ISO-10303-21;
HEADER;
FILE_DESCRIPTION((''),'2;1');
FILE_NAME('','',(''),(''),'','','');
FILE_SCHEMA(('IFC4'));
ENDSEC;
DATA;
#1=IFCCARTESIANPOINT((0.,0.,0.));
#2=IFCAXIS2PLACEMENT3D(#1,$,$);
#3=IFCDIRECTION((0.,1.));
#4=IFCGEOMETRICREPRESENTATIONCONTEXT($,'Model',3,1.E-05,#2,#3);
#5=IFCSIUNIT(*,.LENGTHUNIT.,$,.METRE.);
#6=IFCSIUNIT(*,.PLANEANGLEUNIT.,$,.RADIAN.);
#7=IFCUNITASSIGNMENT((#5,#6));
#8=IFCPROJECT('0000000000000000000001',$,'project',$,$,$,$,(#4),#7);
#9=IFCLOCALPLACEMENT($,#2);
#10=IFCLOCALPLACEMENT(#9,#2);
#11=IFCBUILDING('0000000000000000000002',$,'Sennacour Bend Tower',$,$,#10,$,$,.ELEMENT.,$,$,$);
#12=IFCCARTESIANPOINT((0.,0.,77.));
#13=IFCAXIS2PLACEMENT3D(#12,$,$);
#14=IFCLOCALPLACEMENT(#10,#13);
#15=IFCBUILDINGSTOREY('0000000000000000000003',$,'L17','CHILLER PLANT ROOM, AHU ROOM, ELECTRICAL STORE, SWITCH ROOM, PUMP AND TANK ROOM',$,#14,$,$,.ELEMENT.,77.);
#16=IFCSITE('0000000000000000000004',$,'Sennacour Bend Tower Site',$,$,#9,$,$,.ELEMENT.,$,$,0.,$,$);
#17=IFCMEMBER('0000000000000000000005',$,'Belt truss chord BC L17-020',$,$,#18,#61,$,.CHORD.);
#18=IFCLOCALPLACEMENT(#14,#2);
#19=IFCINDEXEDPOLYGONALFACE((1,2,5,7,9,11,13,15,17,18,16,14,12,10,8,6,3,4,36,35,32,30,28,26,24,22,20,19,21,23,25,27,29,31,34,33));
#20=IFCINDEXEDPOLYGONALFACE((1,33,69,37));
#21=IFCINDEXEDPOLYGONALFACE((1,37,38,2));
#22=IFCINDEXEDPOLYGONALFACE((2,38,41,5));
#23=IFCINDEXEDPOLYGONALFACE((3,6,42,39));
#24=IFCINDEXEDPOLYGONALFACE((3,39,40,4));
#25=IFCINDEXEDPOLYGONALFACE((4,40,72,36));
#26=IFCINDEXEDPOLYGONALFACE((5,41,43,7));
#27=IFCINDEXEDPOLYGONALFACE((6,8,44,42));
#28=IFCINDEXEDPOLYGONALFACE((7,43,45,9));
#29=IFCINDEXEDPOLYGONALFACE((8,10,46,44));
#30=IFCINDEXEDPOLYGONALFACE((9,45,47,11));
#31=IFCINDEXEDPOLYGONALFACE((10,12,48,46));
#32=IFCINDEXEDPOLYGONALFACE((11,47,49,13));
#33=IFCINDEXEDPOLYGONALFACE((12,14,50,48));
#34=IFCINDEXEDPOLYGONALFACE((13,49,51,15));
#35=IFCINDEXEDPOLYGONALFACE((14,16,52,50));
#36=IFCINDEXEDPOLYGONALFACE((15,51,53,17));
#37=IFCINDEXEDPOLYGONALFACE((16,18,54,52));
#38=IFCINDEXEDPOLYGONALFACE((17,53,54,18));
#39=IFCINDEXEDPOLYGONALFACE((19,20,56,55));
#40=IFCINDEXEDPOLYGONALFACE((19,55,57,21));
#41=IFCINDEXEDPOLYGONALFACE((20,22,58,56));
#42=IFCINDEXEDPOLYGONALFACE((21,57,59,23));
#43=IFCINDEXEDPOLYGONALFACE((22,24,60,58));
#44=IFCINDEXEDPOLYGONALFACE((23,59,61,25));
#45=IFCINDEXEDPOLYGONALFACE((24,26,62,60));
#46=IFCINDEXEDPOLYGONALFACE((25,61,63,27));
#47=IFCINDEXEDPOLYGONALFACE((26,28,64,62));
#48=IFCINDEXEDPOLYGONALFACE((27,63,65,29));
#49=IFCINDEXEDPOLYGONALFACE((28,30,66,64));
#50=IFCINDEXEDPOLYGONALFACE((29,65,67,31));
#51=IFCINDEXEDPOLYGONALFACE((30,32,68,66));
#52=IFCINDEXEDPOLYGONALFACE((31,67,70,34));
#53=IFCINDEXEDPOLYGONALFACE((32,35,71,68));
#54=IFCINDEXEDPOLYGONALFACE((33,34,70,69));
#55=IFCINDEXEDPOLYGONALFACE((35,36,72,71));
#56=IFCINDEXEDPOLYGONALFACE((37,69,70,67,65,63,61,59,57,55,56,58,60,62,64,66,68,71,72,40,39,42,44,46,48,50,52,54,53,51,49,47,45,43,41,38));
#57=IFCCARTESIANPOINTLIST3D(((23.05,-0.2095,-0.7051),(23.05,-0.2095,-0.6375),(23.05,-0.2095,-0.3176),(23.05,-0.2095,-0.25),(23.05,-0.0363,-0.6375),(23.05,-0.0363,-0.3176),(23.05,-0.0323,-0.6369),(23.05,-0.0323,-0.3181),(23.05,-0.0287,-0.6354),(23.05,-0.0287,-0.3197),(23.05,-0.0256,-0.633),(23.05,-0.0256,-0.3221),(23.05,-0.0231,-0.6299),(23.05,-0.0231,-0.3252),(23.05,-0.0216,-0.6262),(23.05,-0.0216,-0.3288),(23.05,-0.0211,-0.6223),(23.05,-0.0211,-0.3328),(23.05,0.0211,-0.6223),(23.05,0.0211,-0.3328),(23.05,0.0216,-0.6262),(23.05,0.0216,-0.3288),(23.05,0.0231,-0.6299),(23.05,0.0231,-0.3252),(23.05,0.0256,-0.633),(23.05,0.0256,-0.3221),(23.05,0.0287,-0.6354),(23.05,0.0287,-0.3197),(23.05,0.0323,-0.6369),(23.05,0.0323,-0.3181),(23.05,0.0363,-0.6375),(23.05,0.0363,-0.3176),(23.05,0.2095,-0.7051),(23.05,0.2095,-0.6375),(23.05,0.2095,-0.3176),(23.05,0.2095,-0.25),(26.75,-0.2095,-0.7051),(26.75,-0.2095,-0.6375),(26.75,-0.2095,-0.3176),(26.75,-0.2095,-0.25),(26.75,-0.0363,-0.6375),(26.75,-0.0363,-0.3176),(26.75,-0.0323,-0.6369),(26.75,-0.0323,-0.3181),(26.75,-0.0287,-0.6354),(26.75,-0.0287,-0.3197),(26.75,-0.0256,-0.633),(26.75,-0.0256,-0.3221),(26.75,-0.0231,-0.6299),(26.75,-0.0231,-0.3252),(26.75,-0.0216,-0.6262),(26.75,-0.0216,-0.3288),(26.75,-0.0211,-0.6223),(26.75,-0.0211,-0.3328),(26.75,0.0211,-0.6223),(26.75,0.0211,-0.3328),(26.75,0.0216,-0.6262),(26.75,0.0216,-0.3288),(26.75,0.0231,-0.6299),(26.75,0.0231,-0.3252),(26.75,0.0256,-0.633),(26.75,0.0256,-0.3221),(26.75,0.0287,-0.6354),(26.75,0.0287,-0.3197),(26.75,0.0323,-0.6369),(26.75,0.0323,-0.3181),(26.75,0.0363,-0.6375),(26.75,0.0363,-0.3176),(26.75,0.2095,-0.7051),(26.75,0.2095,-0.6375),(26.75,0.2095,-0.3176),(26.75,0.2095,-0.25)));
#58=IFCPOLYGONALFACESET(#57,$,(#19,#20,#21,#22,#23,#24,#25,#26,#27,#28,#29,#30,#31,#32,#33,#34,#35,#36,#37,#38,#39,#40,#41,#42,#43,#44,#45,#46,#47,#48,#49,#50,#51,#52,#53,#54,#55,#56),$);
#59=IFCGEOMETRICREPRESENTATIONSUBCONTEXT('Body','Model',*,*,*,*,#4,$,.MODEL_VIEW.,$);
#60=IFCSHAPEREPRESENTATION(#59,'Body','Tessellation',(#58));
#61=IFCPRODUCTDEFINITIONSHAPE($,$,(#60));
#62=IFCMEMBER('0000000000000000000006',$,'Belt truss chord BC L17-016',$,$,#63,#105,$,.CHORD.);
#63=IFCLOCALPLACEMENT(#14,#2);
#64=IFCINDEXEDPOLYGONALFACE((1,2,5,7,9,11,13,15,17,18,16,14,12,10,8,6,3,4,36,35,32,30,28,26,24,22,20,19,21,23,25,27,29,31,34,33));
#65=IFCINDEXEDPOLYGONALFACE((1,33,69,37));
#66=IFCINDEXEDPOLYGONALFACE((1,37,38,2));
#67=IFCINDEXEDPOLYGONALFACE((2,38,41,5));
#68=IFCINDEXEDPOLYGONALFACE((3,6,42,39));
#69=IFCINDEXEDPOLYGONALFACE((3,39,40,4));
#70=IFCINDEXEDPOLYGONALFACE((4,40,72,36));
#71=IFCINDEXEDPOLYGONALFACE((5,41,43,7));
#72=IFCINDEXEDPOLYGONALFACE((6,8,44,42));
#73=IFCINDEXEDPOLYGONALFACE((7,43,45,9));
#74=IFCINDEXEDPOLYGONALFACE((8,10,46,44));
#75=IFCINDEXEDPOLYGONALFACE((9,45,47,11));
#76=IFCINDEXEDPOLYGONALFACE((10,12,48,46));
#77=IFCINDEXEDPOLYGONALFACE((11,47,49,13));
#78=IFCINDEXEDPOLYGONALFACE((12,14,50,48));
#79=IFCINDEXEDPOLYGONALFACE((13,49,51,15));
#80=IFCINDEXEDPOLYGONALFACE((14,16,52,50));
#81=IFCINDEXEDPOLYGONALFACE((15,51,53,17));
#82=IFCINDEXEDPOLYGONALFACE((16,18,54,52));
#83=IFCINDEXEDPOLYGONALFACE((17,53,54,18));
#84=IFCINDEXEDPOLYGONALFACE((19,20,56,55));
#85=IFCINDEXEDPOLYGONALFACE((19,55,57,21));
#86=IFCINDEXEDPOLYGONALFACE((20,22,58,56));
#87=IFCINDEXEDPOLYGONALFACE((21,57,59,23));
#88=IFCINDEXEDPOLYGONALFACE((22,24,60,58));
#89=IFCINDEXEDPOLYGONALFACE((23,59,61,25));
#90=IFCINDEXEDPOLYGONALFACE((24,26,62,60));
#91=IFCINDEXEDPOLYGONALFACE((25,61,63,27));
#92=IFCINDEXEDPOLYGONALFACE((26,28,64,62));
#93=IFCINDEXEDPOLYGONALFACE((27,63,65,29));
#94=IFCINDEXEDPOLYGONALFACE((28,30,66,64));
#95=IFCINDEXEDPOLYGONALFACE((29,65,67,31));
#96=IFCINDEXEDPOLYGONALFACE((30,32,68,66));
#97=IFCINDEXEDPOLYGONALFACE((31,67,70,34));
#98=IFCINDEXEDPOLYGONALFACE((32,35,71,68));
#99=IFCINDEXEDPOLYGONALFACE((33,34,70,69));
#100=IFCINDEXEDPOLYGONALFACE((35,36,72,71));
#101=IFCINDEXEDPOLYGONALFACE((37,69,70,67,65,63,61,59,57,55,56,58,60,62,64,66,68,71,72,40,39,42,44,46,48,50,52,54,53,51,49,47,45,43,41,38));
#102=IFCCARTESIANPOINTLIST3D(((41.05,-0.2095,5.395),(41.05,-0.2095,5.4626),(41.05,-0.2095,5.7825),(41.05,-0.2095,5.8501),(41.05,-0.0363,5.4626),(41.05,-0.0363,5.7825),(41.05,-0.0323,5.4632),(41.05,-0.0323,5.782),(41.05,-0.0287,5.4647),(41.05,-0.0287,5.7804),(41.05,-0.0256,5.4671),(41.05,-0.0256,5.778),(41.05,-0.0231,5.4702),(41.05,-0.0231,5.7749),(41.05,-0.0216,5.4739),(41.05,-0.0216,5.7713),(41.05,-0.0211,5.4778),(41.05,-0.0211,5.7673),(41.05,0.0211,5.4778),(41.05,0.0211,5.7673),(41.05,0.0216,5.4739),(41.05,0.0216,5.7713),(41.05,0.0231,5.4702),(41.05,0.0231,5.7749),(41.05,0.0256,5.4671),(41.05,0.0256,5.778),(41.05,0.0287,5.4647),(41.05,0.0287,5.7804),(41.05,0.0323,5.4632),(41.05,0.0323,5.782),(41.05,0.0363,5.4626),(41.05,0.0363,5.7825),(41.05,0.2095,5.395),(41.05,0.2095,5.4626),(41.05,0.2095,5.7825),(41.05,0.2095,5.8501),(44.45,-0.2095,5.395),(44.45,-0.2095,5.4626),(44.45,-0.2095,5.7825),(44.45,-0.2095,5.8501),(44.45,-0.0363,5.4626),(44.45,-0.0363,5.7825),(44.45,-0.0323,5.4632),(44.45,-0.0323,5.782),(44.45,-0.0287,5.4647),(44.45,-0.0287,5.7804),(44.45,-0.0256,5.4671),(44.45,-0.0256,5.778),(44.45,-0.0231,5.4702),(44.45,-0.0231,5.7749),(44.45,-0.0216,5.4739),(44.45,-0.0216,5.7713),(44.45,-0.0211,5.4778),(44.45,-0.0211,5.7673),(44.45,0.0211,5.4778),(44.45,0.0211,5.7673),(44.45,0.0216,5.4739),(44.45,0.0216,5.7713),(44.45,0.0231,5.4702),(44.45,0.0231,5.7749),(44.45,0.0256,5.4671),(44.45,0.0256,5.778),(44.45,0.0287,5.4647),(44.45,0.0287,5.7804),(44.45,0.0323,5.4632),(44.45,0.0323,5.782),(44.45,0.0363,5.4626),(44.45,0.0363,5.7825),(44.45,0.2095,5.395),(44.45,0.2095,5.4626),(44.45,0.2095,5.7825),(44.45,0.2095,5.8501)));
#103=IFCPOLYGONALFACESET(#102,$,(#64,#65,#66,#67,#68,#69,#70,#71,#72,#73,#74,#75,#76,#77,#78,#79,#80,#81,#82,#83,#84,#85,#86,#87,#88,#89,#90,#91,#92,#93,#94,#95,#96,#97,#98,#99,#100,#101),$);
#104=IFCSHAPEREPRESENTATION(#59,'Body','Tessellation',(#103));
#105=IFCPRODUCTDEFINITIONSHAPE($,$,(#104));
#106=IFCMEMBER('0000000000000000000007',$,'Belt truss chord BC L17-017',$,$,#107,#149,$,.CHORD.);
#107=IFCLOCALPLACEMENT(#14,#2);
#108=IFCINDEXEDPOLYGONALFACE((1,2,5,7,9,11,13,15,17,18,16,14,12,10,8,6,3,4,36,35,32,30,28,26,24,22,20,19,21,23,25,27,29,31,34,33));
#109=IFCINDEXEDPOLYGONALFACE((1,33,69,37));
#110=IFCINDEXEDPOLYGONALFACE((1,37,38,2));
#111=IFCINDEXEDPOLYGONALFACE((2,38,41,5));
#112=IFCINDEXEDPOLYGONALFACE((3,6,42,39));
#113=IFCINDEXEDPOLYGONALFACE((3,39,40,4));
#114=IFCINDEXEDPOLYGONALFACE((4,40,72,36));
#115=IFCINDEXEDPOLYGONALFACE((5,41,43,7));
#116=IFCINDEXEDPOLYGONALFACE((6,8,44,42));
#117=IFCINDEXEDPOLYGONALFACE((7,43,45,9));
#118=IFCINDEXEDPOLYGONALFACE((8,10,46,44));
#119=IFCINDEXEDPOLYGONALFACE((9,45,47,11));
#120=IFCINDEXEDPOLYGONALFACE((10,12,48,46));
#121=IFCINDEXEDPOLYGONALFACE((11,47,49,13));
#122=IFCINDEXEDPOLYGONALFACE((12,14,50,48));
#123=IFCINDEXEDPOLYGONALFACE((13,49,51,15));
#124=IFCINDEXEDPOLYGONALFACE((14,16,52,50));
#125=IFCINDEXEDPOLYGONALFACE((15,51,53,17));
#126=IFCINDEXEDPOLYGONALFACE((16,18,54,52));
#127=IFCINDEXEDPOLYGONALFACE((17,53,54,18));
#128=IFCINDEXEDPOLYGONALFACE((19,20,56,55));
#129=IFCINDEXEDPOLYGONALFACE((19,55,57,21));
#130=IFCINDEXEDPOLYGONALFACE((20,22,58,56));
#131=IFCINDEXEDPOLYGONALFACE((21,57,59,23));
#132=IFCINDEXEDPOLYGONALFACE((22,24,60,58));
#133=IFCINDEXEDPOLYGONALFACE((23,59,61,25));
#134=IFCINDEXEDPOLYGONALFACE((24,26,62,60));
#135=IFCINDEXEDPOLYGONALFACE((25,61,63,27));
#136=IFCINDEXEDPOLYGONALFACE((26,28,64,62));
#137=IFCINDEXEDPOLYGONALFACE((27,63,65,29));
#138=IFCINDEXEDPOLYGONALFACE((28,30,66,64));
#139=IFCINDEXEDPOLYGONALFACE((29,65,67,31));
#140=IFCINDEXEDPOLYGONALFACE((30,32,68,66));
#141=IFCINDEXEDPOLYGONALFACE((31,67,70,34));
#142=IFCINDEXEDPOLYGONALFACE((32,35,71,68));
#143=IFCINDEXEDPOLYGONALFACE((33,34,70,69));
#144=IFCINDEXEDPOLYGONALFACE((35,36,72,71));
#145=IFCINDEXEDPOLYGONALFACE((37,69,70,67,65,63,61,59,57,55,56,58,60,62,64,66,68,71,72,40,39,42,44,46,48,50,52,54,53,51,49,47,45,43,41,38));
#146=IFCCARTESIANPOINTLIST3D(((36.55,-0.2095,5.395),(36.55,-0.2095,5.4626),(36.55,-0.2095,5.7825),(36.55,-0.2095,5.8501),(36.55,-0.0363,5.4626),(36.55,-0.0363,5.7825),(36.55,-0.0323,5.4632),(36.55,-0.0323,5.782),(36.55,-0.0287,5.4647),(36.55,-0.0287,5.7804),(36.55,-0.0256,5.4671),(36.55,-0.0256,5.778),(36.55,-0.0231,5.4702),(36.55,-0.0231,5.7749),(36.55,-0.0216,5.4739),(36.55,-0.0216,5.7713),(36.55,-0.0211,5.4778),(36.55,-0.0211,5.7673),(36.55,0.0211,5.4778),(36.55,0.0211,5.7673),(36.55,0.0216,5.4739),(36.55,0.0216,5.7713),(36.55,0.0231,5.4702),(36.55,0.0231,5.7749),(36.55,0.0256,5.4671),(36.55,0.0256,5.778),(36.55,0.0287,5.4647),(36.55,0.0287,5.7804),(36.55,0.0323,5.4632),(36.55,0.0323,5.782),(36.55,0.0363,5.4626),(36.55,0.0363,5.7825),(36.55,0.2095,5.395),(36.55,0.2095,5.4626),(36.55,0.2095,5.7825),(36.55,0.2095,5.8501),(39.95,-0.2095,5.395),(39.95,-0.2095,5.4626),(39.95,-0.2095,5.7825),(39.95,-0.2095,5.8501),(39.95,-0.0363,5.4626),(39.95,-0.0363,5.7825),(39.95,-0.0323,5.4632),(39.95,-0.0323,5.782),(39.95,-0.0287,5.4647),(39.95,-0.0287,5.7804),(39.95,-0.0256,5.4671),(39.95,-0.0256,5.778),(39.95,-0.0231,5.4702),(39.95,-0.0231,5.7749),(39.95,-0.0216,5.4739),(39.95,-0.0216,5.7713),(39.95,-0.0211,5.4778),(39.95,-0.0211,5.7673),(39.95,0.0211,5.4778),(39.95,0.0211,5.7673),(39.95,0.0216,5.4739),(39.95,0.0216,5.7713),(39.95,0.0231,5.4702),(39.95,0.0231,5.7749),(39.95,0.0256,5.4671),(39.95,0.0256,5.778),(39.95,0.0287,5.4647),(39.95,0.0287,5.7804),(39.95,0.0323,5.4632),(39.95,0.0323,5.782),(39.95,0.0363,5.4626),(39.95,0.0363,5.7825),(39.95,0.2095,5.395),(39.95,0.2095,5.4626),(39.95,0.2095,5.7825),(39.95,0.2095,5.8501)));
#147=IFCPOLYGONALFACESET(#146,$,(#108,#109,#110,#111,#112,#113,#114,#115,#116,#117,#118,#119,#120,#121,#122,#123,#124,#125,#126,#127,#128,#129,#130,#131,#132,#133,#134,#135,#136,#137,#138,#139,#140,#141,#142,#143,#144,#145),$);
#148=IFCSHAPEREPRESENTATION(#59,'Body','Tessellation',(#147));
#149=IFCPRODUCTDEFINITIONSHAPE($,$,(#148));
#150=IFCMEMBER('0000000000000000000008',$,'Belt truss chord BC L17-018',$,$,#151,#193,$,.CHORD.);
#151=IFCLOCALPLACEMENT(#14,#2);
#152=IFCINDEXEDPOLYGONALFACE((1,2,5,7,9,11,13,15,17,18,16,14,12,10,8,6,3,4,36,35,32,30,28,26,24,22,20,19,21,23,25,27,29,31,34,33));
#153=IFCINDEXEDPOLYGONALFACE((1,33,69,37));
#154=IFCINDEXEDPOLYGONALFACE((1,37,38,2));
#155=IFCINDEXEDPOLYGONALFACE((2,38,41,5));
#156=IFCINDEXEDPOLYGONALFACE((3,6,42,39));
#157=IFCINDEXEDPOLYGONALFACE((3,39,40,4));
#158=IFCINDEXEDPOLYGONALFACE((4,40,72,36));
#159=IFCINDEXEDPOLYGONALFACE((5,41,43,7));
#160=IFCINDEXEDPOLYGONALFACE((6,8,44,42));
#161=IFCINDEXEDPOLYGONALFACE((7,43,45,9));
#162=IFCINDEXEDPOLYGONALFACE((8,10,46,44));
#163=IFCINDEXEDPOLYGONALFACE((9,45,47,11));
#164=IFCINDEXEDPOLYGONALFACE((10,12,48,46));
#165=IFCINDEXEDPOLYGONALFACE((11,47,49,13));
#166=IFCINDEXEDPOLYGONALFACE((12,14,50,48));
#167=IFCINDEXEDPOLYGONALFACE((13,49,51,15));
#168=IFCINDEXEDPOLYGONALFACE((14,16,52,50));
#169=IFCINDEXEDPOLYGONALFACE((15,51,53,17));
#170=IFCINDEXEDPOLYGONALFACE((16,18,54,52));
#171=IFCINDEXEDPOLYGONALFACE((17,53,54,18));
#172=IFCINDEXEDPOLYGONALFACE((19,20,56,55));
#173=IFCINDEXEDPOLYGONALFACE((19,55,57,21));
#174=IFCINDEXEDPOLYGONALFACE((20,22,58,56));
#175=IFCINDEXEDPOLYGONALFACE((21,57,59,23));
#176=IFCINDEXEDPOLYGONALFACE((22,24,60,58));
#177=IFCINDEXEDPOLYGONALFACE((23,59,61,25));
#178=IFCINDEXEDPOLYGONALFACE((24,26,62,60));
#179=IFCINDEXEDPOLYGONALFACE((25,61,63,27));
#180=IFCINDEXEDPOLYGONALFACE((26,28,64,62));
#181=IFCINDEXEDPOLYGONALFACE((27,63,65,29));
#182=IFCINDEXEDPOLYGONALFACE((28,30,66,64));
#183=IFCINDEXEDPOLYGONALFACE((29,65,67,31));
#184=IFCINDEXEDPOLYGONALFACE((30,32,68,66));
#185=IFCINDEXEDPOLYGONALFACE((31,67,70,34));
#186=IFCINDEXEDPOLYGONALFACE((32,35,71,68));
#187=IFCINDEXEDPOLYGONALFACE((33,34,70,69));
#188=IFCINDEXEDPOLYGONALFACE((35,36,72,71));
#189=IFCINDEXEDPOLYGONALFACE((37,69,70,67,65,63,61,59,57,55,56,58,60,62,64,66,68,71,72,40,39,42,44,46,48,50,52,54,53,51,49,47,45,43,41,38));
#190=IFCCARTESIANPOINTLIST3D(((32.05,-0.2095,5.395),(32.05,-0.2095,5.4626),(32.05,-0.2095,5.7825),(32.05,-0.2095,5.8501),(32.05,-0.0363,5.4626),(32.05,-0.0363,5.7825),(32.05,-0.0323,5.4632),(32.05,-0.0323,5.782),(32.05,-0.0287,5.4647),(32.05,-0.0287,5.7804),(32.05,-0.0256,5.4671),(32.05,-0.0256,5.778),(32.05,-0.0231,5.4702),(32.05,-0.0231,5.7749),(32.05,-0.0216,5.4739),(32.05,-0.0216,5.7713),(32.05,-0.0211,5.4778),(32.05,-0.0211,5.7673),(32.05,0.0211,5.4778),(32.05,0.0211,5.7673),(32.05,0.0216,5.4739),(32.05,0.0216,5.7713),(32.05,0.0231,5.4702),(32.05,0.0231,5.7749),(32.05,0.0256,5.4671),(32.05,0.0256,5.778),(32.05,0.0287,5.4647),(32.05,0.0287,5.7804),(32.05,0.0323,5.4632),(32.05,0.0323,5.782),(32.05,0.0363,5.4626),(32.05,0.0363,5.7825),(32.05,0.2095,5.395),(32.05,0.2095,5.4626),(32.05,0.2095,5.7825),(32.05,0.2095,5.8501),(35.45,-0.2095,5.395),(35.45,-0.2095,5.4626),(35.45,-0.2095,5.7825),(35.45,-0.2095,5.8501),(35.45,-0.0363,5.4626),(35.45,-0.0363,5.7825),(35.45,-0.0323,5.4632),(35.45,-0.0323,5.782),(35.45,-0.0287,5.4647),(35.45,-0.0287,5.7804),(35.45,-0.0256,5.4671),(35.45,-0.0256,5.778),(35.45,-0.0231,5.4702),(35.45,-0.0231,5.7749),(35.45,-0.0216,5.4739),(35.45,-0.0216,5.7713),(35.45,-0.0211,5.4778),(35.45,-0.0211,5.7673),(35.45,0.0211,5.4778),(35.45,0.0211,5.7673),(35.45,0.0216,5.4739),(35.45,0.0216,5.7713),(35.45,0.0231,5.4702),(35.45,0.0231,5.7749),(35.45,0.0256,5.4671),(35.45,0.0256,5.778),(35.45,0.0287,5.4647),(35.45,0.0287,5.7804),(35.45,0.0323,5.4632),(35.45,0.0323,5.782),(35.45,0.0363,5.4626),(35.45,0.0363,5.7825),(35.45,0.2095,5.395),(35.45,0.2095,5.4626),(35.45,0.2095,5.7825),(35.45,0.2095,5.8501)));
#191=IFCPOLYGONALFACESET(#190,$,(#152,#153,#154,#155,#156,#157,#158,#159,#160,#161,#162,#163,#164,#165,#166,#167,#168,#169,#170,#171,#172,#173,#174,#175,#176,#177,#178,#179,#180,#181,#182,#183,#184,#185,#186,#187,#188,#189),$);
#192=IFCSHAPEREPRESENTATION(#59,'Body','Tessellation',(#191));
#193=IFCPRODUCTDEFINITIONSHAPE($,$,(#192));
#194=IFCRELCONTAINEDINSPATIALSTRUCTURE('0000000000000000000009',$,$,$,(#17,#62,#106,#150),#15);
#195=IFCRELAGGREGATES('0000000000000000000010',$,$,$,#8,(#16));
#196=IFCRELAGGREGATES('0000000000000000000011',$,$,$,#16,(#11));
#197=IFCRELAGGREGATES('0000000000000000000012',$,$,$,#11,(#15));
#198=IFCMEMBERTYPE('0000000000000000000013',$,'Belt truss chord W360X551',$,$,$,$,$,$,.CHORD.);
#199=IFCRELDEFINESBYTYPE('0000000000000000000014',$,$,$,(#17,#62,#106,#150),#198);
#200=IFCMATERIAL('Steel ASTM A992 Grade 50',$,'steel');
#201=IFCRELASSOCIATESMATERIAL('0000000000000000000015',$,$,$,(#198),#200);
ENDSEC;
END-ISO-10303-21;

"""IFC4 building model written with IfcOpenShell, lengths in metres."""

from ifc_helpers import new_model, si_unit, direction, frame, origin, origin_2d, place, context, subcontext, project, spatial, i_section, extrude, material, material_profile, profile_set, type_object, element, save


model = new_model("IFC4")

# Units and contexts
model_context = context("Model", 3, precision=1e-05, world=origin(), true_north=direction((0.0, 1.0)))
body_context = subcontext(model_context, "Body", "Model", "MODEL_VIEW")
ifc_project = project(units=[si_unit("LENGTHUNIT", "METRE"), si_unit("PLANEANGLEUNIT", "RADIAN")], contexts=[model_context])

# Site, building, storey
site_placement = place(None, origin())
site = spatial("IfcSite", under=ifc_project, at=site_placement, Name="Sennacour Bend Tower Site", CompositionType="ELEMENT", RefElevation=0.0)
building_placement = place(site_placement, origin())
building = spatial("IfcBuilding", under=site, at=building_placement, Name="Sennacour Bend Tower", CompositionType="ELEMENT")
storey_placement = place(building_placement, frame((0.0, 0.0, 77.0)))
storey = spatial("IfcBuildingStorey", under=building, at=storey_placement, Name="L17", Description="CHILLER PLANT ROOM, AHU ROOM, ELECTRICAL STORE, SWITCH ROOM, PUMP AND TANK ROOM", CompositionType="ELEMENT", Elevation=77.0)

# Members
ifc_material_1 = material(Name="Steel ASTM A992 Grade 50", Category="steel")
ifc_material_profile_1 = material_profile(ifc_material_1, i_section(OverallWidth=0.4189, OverallDepth=0.4551, WebThickness=0.0422, FlangeThickness=0.0676, FilletRadius=0.0151, at=origin_2d()), Name="Steel ASTM A992 Grade 50", Category="steel")
ifc_profile_set_1 = profile_set([ifc_material_profile_1], Name="Steel ASTM A992 Grade 50")
member_type_1 = type_object("IfcMemberType", Name="Belt truss chord W360X551", PredefinedType="CHORD", material=ifc_profile_set_1)
member_placement = place(storey_placement, frame((26.75, 0.0, -0.4775), z_axis=(-1.0, 0.0, 0.0), x_axis=(0.0, -1.0, 0.0)))
element("IfcMember", 1, at=member_placement, inside=storey, type_object=member_type_1, Name="Belt truss chord BC L17-020", PredefinedType="CHORD", context=body_context, shape_type="SweptSolid", body=[
    extrude(i_section(OverallWidth=0.4189, OverallDepth=0.4551, WebThickness=0.0422, FlangeThickness=0.0676, FilletRadius=0.0151, at=origin_2d()), origin(), (0.0, 0.0, 1.0), 3.7),
])
for number, where, z_axis, x_axis, name in (
    (2, (44.45, 0.0, 5.6226), (-1.0, 0.0, 0.0), (0.0, -1.0, 0.0), "Belt truss chord BC L17-016"),
    (3, (39.95, 0.0, 5.6226), (-1.0, 0.0, 0.0), (0.0, -1.0, 0.0), "Belt truss chord BC L17-017"),
    (4, (35.45, 0.0, 5.6226), (-1.0, 0.0, 0.0), (0.0, -1.0, 0.0), "Belt truss chord BC L17-018"),
):
    element("IfcMember", number, at=place(storey_placement, frame(where, z_axis=z_axis, x_axis=x_axis)), inside=storey, type_object=member_type_1, Name=name, PredefinedType="CHORD", context=body_context, shape_type="SweptSolid", body=[
        extrude(i_section(OverallWidth=0.4189, OverallDepth=0.4551, WebThickness=0.0422, FlangeThickness=0.0676, FilletRadius=0.0151, at=origin_2d()), origin(), (0.0, 0.0, 1.0), 3.3999),
    ])

save(model, "model.ifc")
